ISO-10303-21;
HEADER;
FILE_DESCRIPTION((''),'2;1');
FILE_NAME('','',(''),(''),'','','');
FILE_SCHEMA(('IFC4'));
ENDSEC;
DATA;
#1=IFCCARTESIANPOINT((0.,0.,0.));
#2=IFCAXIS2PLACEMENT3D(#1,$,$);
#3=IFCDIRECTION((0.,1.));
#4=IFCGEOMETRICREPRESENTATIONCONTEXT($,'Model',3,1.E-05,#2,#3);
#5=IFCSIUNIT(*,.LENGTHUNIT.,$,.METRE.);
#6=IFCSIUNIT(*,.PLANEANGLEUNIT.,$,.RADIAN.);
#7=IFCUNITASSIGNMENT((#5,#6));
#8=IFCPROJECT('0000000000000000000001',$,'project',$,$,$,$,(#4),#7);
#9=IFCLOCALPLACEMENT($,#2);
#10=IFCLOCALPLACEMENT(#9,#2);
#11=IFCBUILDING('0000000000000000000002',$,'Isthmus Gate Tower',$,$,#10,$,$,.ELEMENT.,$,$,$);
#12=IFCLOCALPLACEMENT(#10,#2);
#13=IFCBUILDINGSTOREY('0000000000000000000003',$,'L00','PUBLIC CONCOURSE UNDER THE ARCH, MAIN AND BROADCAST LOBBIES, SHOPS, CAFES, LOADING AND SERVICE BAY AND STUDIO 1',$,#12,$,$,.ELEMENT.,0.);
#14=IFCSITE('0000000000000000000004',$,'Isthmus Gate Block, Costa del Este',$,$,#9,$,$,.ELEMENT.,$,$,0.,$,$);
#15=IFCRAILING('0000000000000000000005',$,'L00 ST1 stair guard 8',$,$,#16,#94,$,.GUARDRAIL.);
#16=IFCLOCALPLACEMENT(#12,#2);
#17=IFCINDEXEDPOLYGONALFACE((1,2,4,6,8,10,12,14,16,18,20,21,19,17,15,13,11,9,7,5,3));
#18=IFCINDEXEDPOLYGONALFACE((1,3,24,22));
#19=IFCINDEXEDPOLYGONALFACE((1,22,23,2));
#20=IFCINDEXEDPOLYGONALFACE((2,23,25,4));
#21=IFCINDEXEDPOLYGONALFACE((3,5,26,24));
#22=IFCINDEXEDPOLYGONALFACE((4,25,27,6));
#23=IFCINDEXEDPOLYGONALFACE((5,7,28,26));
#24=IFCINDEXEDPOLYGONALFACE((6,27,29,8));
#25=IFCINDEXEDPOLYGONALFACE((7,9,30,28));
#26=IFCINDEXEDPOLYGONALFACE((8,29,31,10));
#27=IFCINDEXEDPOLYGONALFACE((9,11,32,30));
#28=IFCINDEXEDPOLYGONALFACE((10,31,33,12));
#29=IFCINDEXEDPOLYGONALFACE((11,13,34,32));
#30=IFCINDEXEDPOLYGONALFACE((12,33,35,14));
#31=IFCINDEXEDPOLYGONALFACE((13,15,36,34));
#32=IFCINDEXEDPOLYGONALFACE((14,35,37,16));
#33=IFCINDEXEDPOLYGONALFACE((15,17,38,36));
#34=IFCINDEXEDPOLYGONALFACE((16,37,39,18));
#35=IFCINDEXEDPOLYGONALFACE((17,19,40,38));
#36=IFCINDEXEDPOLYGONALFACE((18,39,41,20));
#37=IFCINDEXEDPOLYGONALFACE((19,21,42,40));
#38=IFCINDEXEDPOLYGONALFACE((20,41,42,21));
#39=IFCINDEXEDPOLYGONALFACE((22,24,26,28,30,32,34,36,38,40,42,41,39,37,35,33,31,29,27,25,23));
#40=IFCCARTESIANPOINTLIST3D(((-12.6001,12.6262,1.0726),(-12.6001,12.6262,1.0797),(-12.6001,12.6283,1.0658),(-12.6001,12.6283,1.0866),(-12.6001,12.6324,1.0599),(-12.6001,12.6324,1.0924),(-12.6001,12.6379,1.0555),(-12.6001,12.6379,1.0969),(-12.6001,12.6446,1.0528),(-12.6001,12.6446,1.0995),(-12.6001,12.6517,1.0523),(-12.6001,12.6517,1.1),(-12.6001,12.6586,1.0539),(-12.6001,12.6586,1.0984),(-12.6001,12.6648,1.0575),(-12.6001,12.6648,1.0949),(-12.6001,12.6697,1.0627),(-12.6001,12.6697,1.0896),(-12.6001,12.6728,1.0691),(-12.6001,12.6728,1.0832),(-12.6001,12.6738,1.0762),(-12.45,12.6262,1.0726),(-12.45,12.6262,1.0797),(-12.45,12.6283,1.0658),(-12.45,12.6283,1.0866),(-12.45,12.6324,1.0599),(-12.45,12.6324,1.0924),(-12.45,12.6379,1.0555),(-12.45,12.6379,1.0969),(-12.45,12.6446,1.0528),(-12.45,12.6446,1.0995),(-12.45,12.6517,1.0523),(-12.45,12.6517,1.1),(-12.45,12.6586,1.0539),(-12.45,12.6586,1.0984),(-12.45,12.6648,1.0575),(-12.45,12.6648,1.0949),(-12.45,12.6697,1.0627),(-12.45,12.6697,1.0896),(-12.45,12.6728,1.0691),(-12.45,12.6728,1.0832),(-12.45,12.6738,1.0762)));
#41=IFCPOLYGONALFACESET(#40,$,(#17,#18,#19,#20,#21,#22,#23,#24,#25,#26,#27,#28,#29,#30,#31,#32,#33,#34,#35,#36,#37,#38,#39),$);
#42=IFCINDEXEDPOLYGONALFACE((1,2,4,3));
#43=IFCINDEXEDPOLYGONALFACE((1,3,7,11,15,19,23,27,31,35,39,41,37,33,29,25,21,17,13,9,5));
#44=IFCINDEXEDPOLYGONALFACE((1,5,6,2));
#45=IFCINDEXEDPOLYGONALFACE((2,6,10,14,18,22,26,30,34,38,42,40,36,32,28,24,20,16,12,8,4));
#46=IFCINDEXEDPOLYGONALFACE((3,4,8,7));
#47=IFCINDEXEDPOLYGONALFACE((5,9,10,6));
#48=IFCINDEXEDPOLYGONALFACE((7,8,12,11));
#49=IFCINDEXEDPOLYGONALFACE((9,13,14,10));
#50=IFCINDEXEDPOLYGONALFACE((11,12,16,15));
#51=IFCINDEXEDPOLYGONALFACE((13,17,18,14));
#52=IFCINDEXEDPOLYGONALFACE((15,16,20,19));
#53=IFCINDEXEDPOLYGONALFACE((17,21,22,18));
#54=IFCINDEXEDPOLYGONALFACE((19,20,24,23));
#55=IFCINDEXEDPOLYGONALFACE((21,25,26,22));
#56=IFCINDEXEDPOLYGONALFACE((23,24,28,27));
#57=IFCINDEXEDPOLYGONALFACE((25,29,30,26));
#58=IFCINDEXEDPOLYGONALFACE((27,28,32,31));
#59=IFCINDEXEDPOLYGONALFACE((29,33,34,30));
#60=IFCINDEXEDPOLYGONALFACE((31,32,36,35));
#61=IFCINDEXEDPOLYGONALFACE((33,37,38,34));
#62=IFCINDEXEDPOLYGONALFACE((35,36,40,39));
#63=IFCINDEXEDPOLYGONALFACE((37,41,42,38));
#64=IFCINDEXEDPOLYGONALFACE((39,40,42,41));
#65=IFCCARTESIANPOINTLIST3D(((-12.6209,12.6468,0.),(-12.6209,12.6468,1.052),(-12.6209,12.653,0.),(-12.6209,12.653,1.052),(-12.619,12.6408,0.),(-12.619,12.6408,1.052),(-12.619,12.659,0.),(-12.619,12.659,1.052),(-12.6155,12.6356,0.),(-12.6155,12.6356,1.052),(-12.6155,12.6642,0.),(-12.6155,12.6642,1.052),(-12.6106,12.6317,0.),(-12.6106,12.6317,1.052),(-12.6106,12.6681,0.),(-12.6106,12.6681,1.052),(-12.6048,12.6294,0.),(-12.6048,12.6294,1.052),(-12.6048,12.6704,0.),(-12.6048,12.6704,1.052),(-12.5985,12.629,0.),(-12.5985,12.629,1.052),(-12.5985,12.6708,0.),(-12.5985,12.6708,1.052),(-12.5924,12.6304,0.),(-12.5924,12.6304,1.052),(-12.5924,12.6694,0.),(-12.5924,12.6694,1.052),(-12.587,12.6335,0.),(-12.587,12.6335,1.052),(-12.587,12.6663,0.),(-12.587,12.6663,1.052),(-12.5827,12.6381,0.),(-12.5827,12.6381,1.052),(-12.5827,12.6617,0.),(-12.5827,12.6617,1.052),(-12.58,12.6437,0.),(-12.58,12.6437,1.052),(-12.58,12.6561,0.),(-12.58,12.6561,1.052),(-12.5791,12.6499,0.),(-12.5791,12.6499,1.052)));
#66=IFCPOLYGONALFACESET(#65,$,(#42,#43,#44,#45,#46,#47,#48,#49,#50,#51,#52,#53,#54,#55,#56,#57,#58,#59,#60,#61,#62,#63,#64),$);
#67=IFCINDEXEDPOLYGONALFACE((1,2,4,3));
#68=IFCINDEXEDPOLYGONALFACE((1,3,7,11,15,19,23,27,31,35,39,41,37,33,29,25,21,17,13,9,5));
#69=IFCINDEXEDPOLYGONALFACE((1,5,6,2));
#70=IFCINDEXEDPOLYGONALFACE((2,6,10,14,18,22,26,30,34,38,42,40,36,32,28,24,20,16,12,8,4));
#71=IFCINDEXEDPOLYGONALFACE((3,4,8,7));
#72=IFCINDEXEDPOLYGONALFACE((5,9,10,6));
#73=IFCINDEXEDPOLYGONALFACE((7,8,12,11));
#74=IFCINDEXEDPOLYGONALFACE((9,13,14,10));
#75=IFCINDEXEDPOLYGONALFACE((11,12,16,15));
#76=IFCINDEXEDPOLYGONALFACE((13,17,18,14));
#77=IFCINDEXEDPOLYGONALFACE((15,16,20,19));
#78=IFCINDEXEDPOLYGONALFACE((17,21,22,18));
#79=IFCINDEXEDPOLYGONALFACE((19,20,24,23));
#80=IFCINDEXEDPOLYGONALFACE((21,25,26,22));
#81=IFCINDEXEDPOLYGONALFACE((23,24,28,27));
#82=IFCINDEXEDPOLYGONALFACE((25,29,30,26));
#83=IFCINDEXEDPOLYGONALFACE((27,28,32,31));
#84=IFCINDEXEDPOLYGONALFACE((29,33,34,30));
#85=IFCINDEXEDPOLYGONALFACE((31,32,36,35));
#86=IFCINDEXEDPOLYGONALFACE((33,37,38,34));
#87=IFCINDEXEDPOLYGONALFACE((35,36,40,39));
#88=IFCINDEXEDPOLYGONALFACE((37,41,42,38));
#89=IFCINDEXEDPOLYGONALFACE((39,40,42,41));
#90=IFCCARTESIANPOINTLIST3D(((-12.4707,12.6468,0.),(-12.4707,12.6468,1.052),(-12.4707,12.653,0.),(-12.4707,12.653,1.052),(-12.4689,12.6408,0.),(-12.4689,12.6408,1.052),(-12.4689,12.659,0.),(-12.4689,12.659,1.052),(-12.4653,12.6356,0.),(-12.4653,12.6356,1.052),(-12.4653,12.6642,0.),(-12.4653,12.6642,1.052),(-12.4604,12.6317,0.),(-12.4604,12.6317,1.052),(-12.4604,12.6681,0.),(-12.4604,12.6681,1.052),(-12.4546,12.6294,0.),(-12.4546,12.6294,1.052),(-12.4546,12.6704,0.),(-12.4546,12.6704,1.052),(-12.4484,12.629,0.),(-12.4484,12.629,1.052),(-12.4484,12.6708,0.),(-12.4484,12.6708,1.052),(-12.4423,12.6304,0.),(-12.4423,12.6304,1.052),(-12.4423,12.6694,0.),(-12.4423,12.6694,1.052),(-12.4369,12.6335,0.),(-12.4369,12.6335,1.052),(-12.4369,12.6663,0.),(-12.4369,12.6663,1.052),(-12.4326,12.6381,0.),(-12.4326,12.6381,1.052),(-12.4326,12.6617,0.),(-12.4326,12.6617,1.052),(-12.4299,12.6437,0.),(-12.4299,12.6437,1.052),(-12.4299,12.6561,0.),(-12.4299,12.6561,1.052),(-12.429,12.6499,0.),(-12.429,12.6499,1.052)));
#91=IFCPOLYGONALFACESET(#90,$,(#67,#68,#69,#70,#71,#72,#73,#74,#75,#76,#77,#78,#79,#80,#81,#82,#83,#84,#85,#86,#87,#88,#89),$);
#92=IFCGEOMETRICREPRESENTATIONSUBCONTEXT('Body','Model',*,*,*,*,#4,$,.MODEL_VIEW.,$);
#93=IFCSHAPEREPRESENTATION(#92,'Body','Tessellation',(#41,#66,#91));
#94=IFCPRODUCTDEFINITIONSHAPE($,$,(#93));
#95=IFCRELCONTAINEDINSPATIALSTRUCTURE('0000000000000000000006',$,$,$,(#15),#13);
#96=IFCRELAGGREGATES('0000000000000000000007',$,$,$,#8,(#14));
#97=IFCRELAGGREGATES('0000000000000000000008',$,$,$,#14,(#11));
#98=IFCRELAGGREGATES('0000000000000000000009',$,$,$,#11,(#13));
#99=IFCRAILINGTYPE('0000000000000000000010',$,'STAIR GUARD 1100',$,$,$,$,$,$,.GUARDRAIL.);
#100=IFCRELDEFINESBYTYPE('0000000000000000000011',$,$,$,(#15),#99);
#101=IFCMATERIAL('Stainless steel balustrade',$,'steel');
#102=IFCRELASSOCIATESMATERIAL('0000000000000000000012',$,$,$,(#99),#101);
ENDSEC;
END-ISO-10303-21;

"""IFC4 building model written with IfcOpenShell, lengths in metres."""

from ifc_helpers import new_model, si_unit, direction, frame, origin, origin_2d, place, context, subcontext, project, spatial, circle, extrude, material, type_object, element, save


model = new_model("IFC4")

# Units and contexts
model_context = context("Model", 3, precision=1e-05, world=origin(), true_north=direction((0.0, 1.0)))
body_context = subcontext(model_context, "Body", "Model", "MODEL_VIEW")
ifc_project = project(units=[si_unit("LENGTHUNIT", "METRE"), si_unit("PLANEANGLEUNIT", "RADIAN")], contexts=[model_context])

# Site, building, storey
site_placement = place(None, origin())
site = spatial("IfcSite", under=ifc_project, at=site_placement, Name="Isthmus Gate Block, Costa del Este", CompositionType="ELEMENT", RefElevation=0.0)
building_placement = place(site_placement, origin())
building = spatial("IfcBuilding", under=site, at=building_placement, Name="Isthmus Gate Tower", CompositionType="ELEMENT")
storey_placement = place(building_placement, origin())
storey = spatial("IfcBuildingStorey", under=building, at=storey_placement, Name="L00", Description="PUBLIC CONCOURSE UNDER THE ARCH, MAIN AND BROADCAST LOBBIES, SHOPS, CAFES, LOADING AND SERVICE BAY AND STUDIO 1", CompositionType="ELEMENT", Elevation=0.0)

# Railing
ifc_material_1 = material(Name="Stainless steel balustrade", Category="steel")
railing_type_1 = type_object("IfcRailingType", Name="STAIR GUARD 1100", PredefinedType="GUARDRAIL", material=ifc_material_1)
railing_1_placement = place(storey_placement, frame((-12.6001, 12.6499, 0.0)))
element("IfcRailing", 1, at=railing_1_placement, inside=storey, type_object=railing_type_1, Name="L00 ST1 stair guard 8", PredefinedType="GUARDRAIL", context=body_context, shape_type="SweptSolid", body=[
    extrude(circle(Radius=0.0239, at=origin_2d()), frame((0.0, 0.0, 1.0762), z_axis=(1.0, 0.0, 0.0), x_axis=(0.0, 1.0, 0.0)), (0.0, 0.0, 1.0), 0.1501),
    extrude(circle(Radius=0.021, at=origin_2d()), origin(), (0.0, 0.0, 1.0), 1.052),
    extrude(circle(Radius=0.021, at=origin_2d()), frame((0.1501, 0.0, 0.0)), (0.0, 0.0, 1.0), 1.052),
])

save(model, "model.ifc")
